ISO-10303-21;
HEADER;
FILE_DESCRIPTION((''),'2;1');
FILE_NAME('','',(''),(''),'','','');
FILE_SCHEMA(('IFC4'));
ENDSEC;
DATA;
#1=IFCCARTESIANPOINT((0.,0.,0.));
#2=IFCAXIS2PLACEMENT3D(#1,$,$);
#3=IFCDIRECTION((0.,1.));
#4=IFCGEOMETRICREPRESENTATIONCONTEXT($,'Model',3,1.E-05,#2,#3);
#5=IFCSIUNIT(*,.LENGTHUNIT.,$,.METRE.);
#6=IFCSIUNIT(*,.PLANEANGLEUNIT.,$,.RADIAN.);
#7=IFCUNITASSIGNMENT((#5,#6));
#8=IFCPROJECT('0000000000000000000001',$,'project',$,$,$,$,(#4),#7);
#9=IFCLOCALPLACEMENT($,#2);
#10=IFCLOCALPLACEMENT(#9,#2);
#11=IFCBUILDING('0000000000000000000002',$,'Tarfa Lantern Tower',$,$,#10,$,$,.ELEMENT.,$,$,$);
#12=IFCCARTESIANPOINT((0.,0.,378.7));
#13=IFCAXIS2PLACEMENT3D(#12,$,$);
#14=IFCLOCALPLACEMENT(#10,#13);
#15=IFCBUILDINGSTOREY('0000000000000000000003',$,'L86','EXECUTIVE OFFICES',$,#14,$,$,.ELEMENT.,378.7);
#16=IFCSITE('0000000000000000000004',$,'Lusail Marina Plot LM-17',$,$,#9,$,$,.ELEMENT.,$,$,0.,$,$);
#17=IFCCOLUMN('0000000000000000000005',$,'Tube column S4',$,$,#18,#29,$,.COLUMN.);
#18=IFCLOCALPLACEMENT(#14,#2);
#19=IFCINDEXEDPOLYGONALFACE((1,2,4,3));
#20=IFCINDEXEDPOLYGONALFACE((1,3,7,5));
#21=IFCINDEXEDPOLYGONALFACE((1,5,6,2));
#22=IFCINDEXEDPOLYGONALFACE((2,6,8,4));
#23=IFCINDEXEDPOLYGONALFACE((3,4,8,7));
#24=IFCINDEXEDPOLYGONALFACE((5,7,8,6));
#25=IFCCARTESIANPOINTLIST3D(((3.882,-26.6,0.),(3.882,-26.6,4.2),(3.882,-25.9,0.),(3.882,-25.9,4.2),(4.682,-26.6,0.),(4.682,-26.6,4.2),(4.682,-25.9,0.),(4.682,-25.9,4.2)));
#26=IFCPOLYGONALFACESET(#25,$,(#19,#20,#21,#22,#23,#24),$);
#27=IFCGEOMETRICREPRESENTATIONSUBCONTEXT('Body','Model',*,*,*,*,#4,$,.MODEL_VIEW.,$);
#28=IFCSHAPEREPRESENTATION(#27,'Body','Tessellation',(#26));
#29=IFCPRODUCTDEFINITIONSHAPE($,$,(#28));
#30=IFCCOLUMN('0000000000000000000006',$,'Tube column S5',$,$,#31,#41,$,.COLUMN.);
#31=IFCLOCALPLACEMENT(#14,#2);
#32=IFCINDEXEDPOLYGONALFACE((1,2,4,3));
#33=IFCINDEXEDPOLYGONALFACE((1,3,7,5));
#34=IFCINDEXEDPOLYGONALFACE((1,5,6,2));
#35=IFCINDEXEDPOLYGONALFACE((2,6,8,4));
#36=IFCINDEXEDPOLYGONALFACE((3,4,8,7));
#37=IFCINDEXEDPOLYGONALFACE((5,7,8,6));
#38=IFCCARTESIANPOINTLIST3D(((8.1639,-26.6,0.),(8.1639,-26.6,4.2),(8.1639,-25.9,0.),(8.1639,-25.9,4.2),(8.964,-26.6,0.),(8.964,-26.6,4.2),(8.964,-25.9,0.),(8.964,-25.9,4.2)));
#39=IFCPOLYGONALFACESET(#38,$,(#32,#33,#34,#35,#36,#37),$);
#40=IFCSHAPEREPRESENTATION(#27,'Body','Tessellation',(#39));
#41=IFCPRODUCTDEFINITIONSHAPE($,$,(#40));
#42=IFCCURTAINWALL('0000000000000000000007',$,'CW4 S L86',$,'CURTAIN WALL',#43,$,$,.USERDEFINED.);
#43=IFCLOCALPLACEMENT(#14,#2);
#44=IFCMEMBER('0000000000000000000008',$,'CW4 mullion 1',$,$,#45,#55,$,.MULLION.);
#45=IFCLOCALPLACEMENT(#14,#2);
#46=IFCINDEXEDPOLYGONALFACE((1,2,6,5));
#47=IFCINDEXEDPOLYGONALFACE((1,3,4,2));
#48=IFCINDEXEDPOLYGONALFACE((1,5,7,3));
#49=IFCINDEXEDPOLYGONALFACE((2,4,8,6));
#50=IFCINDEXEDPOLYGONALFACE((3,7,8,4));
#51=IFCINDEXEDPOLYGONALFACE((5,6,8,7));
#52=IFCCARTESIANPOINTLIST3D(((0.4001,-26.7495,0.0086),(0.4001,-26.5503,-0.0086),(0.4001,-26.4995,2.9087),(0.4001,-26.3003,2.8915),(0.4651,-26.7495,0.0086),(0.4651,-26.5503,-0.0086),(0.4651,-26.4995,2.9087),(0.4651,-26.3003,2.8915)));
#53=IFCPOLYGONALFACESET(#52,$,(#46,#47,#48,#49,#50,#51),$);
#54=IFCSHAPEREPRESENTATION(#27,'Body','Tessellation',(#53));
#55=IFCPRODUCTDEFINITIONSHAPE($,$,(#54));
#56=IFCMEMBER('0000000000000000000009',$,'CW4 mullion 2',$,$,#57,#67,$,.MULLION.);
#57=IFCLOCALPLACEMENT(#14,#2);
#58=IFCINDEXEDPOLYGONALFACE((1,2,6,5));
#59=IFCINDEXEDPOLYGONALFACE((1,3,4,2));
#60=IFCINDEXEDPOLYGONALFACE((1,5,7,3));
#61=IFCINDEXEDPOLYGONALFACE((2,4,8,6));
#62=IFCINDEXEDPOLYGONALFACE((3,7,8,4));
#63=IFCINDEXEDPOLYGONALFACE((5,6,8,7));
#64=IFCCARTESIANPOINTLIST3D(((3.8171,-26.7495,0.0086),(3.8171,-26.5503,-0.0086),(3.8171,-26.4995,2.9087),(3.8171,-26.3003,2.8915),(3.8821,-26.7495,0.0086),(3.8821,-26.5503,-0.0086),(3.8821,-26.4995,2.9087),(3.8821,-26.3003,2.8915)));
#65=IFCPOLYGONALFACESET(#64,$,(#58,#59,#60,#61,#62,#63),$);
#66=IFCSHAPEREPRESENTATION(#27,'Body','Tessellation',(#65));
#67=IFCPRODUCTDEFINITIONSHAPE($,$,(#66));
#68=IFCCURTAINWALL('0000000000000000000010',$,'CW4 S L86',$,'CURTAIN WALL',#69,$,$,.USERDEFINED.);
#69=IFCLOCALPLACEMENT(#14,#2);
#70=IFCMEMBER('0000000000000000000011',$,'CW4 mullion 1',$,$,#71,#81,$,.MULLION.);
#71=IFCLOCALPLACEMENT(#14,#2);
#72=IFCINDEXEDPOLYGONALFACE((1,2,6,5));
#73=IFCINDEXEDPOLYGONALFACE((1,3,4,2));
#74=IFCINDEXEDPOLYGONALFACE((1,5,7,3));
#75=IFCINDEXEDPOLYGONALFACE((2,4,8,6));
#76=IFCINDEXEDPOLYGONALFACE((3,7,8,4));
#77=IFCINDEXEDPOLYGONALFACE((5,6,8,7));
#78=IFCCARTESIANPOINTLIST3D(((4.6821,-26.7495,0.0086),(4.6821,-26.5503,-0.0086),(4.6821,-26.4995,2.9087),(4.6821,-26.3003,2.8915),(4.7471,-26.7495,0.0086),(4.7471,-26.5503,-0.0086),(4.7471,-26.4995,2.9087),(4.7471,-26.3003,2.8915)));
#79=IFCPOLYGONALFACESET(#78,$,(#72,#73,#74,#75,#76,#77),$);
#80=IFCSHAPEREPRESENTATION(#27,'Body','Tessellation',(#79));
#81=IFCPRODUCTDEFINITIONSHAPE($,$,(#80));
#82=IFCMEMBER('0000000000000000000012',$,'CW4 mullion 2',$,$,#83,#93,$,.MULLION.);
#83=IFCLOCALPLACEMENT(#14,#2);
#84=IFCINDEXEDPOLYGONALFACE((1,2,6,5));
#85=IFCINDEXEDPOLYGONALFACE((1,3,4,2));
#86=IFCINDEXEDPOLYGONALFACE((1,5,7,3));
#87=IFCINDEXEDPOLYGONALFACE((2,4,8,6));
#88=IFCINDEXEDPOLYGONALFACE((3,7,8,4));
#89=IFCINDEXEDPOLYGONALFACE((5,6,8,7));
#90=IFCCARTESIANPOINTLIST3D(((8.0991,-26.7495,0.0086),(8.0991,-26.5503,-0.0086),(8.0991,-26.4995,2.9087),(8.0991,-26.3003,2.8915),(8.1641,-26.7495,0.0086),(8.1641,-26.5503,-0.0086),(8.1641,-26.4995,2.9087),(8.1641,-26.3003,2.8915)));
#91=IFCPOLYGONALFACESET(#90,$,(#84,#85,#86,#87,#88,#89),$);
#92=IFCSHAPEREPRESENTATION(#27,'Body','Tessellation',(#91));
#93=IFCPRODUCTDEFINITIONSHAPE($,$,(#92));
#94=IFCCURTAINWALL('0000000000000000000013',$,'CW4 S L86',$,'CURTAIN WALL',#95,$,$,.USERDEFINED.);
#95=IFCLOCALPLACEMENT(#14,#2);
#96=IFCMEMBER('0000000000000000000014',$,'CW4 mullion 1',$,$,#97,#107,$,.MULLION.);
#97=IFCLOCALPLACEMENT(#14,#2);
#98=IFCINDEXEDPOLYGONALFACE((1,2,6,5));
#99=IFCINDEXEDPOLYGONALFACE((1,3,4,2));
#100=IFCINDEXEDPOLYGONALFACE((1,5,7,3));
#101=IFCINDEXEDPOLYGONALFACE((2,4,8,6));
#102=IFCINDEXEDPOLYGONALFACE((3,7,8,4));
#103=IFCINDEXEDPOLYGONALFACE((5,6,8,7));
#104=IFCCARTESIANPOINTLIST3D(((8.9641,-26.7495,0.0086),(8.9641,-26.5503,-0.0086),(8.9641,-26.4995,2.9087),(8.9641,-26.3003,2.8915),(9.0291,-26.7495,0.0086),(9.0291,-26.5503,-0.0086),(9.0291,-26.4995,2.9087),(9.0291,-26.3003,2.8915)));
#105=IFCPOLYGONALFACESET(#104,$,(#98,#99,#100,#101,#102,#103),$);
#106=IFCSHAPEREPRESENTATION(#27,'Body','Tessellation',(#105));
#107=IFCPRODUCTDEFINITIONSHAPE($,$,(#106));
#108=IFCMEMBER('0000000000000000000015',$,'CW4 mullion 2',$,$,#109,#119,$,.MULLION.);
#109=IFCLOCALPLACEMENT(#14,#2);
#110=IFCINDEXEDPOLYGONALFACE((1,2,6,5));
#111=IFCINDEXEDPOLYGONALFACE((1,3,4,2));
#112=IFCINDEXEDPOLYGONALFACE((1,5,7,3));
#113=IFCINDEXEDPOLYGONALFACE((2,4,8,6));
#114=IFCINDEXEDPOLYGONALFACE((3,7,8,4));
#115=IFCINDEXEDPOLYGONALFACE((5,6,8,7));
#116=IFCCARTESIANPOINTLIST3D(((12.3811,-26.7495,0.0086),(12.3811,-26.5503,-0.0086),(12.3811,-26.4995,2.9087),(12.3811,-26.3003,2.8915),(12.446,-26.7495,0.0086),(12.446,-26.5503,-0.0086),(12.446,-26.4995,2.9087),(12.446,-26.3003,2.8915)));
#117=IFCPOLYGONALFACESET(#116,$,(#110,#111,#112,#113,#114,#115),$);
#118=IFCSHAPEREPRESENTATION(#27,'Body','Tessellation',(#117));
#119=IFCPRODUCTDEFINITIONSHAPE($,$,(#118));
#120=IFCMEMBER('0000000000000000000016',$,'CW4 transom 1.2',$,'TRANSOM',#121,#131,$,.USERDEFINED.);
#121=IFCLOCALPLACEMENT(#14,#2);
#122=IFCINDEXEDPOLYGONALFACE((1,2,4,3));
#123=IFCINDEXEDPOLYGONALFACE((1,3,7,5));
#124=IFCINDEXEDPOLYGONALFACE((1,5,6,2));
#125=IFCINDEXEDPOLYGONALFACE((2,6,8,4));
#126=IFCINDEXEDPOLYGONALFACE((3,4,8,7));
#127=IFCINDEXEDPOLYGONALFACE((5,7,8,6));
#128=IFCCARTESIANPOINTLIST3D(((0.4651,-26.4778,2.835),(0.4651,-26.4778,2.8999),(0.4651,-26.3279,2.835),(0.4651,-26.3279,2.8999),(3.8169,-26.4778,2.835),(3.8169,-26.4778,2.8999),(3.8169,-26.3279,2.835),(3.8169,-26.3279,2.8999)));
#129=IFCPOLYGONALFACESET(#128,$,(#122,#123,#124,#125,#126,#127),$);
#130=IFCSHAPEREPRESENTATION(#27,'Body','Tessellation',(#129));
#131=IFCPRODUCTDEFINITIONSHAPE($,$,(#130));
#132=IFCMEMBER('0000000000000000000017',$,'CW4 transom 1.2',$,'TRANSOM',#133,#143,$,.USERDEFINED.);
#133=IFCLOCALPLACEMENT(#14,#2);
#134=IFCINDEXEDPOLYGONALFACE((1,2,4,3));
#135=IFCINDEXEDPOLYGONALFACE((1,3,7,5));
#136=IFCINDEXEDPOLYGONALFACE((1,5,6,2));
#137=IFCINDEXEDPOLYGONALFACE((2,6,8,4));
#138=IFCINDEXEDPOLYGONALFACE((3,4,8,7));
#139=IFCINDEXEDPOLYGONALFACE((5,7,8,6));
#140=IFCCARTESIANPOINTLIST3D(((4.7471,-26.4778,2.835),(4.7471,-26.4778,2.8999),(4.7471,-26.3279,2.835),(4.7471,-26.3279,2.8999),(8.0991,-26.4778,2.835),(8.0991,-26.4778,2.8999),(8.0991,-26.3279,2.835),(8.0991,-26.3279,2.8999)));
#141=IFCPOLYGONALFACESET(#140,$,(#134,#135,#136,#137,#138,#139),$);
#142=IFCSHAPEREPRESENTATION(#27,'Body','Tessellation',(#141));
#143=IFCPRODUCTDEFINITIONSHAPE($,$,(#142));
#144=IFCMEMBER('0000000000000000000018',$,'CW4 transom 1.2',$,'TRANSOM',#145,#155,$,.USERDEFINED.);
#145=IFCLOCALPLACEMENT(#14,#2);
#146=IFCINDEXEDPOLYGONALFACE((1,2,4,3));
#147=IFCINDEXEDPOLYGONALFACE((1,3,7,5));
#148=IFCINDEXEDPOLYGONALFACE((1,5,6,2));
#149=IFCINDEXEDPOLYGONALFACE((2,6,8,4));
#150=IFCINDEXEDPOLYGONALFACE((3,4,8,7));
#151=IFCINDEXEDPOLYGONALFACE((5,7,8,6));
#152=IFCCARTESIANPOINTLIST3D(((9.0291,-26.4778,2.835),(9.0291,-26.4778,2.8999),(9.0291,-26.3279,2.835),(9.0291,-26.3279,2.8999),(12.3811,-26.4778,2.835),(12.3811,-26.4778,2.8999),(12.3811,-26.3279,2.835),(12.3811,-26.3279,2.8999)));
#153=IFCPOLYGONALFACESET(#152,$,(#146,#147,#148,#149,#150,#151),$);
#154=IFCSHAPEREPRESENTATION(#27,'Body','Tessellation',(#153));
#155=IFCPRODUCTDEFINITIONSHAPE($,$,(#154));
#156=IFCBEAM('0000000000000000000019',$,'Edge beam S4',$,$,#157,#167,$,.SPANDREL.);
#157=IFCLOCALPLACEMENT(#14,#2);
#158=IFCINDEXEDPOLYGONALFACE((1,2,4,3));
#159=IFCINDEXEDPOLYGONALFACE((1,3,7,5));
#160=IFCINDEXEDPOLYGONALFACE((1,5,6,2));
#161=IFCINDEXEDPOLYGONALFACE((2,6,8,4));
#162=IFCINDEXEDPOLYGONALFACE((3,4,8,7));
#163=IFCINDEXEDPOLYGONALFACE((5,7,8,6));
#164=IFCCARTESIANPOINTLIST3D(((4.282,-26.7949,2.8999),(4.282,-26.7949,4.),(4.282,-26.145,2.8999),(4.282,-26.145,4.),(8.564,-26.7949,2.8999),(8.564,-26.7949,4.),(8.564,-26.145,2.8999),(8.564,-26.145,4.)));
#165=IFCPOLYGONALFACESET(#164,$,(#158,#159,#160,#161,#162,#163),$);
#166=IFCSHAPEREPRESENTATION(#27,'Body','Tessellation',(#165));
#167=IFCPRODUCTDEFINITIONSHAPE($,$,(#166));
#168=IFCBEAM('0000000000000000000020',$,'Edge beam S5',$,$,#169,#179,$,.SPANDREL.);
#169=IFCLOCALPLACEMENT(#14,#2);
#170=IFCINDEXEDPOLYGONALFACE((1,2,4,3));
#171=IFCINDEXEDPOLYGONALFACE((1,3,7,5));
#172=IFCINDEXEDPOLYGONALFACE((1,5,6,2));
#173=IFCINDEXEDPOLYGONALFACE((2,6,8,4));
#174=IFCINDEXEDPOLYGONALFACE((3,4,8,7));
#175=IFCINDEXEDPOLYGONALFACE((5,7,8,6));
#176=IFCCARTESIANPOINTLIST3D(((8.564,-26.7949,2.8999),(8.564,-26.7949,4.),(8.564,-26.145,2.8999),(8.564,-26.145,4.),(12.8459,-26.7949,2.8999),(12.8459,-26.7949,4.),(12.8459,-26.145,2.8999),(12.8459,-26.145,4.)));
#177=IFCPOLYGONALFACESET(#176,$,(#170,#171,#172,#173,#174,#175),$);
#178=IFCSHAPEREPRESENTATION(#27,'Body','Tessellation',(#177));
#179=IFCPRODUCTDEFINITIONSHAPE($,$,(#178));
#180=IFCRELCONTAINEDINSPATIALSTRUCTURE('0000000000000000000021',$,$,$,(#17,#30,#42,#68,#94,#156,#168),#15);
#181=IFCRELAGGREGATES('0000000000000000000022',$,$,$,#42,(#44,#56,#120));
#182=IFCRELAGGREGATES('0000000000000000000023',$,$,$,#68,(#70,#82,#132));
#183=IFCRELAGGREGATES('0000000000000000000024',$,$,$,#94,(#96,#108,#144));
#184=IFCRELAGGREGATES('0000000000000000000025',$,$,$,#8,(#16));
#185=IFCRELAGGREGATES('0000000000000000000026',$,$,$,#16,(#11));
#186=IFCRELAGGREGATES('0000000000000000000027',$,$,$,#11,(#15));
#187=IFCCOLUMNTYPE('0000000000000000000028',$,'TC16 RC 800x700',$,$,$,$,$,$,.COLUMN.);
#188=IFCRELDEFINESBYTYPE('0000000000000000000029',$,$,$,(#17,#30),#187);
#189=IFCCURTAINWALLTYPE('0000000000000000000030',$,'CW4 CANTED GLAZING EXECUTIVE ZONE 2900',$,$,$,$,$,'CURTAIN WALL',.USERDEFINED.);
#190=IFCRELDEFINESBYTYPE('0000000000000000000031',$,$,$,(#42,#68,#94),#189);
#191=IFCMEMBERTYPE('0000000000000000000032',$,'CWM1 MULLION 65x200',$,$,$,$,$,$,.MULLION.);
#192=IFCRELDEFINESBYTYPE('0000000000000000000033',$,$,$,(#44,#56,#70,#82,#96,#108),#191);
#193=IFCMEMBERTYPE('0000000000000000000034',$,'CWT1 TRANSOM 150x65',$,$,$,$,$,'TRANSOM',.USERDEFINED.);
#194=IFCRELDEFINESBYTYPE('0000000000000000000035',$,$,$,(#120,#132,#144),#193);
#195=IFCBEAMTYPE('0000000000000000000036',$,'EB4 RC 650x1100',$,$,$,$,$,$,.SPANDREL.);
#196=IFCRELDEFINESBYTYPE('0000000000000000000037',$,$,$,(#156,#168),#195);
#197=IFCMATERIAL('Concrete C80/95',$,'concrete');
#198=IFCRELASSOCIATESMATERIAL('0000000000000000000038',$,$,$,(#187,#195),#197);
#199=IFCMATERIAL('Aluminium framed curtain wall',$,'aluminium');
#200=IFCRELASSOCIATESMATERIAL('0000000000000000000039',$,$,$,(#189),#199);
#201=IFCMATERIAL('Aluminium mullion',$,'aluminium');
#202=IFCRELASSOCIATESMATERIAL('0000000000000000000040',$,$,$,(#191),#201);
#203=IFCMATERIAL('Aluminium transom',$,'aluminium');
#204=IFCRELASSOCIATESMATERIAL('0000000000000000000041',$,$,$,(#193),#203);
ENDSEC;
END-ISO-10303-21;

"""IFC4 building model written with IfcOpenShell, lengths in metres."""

from ifc_helpers import new_model, si_unit, direction, frame, origin, origin_2d, place, context, subcontext, project, spatial, rectangle, extrude, material, material_profile, profile_set, type_object, element, aggregate, save


model = new_model("IFC4")

# Units and contexts
model_context = context("Model", 3, precision=1e-05, world=origin(), true_north=direction((0.0, 1.0)))
body_context = subcontext(model_context, "Body", "Model", "MODEL_VIEW")
ifc_project = project(units=[si_unit("LENGTHUNIT", "METRE"), si_unit("PLANEANGLEUNIT", "RADIAN")], contexts=[model_context])

# Site, building, storey
site_placement = place(None, origin())
site = spatial("IfcSite", under=ifc_project, at=site_placement, Name="Lusail Marina Plot LM-17", CompositionType="ELEMENT", RefElevation=0.0)
building_placement = place(site_placement, origin())
building = spatial("IfcBuilding", under=site, at=building_placement, Name="Tarfa Lantern Tower", CompositionType="ELEMENT")
storey_placement = place(building_placement, frame((0.0, 0.0, 378.7)))
storey = spatial("IfcBuildingStorey", under=building, at=storey_placement, Name="L86", Description="EXECUTIVE OFFICES", CompositionType="ELEMENT", Elevation=378.7)

# Columns
ifc_material_1 = material(Name="Concrete C80/95", Category="concrete")
ifc_material_profile_1 = material_profile(ifc_material_1, rectangle(XDim=0.8, YDim=0.7, at=origin_2d()), Name="RC 800x700")
ifc_profile_set_1 = profile_set([ifc_material_profile_1], Name="Concrete C80/95")
column_type = type_object("IfcColumnType", Name="TC16 RC 800x700", PredefinedType="COLUMN", material=ifc_profile_set_1)
for number, where, z_axis, x_axis, name in (
    (1, (4.282, -26.25, 0.0), (0.0, 0.0, 1.0), (1.0, 0.0, 0.0), "Tube column S4"),
    (2, (8.564, -26.25, 0.0), (0.0, 0.0, 1.0), (1.0, 0.0, 0.0), "Tube column S5"),
):
    element("IfcColumn", number, at=place(storey_placement, frame(where, z_axis=z_axis, x_axis=x_axis)), inside=storey, type_object=column_type, Name=name, PredefinedType="COLUMN", context=body_context, shape_type="SweptSolid", body=[
        extrude(rectangle(XDim=0.8, YDim=0.7, at=origin_2d()), origin(), (0.0, 0.0, 1.0), 4.2),
    ])

# Curtain walls, members
ifc_material_2 = material(Name="Aluminium framed curtain wall", Category="aluminium")
curtain_wall_type = type_object("IfcCurtainWallType", Name="CW4 CANTED GLAZING EXECUTIVE ZONE 2900", ElementType="CURTAIN WALL", PredefinedType="USERDEFINED", material=ifc_material_2)
curtain_wall_1_placement = place(storey_placement, origin())
curtain_wall_1 = element("IfcCurtainWall", 3, at=curtain_wall_1_placement, inside=storey, type_object=curtain_wall_type, Name="CW4 S L86", ObjectType="CURTAIN WALL", PredefinedType="USERDEFINED")
ifc_material_3 = material(Name="Aluminium mullion", Category="aluminium")
ifc_material_profile_2 = material_profile(ifc_material_3, rectangle(XDim=0.0649, YDim=0.2, at=origin_2d()), Name="AL MULLION 65x200")
ifc_profile_set_2 = profile_set([ifc_material_profile_2], Name="Aluminium mullion")
member_type_1 = type_object("IfcMemberType", Name="CWM1 MULLION 65x200", PredefinedType="MULLION", material=ifc_profile_set_2)
member_1_placement = place(storey_placement, frame((0.4326, -26.6499, 0.0), z_axis=(0.0, 0.085884, 0.996305), x_axis=(-1.0, 0.0, 0.0)))
member_1 = element("IfcMember", 4, at=member_1_placement, type_object=member_type_1, Name="CW4 mullion 1", PredefinedType="MULLION", context=body_context, shape_type="SweptSolid", body=[
    extrude(rectangle(XDim=0.0649, YDim=0.2, at=origin_2d()), origin(), (0.0, 0.0, 1.0), 2.9109),
])
member_2_placement = place(storey_placement, frame((3.8496, -26.6499, 0.0), z_axis=(0.0, 0.085884, 0.996305), x_axis=(-1.0, 0.0, 0.0)))
member_2 = element("IfcMember", 5, at=member_2_placement, type_object=member_type_1, Name="CW4 mullion 2", PredefinedType="MULLION", context=body_context, shape_type="SweptSolid", body=[
    extrude(rectangle(XDim=0.0649, YDim=0.2, at=origin_2d()), origin(), (0.0, 0.0, 1.0), 2.9109),
])
curtain_wall_2_placement = place(storey_placement, origin())
curtain_wall_2 = element("IfcCurtainWall", 6, at=curtain_wall_2_placement, inside=storey, type_object=curtain_wall_type, Name="CW4 S L86", ObjectType="CURTAIN WALL", PredefinedType="USERDEFINED")
member_3_placement = place(storey_placement, frame((4.7146, -26.6499, 0.0), z_axis=(0.0, 0.085884, 0.996305), x_axis=(-1.0, 0.0, 0.0)))
member_3 = element("IfcMember", 7, at=member_3_placement, type_object=member_type_1, Name="CW4 mullion 1", PredefinedType="MULLION", context=body_context, shape_type="SweptSolid", body=[
    extrude(rectangle(XDim=0.0649, YDim=0.2, at=origin_2d()), origin(), (0.0, 0.0, 1.0), 2.9109),
])
member_4_placement = place(storey_placement, frame((8.1316, -26.6499, 0.0), z_axis=(0.0, 0.085884, 0.996305), x_axis=(-1.0, 0.0, 0.0)))
member_4 = element("IfcMember", 8, at=member_4_placement, type_object=member_type_1, Name="CW4 mullion 2", PredefinedType="MULLION", context=body_context, shape_type="SweptSolid", body=[
    extrude(rectangle(XDim=0.0649, YDim=0.2, at=origin_2d()), origin(), (0.0, 0.0, 1.0), 2.9109),
])
curtain_wall_3_placement = place(storey_placement, origin())
curtain_wall_3 = element("IfcCurtainWall", 9, at=curtain_wall_3_placement, inside=storey, type_object=curtain_wall_type, Name="CW4 S L86", ObjectType="CURTAIN WALL", PredefinedType="USERDEFINED")
member_5_placement = place(storey_placement, frame((8.9966, -26.6499, 0.0), z_axis=(0.0, 0.085884, 0.996305), x_axis=(-1.0, 0.0, 0.0)))
member_5 = element("IfcMember", 10, at=member_5_placement, type_object=member_type_1, Name="CW4 mullion 1", PredefinedType="MULLION", context=body_context, shape_type="SweptSolid", body=[
    extrude(rectangle(XDim=0.0649, YDim=0.2, at=origin_2d()), origin(), (0.0, 0.0, 1.0), 2.9109),
])
member_6_placement = place(storey_placement, frame((12.4136, -26.6499, 0.0), z_axis=(0.0, 0.085884, 0.996305), x_axis=(-1.0, 0.0, 0.0)))
member_6 = element("IfcMember", 11, at=member_6_placement, type_object=member_type_1, Name="CW4 mullion 2", PredefinedType="MULLION", context=body_context, shape_type="SweptSolid", body=[
    extrude(rectangle(XDim=0.0649, YDim=0.2, at=origin_2d()), origin(), (0.0, 0.0, 1.0), 2.9109),
])

# Members
ifc_material_4 = material(Name="Aluminium transom", Category="aluminium")
ifc_material_profile_3 = material_profile(ifc_material_4, rectangle(XDim=0.1499, YDim=0.0649, at=origin_2d()), Name="AL TRANSOM 150x65")
ifc_profile_set_3 = profile_set([ifc_material_profile_3], Name="Aluminium transom")
member_type_2 = type_object("IfcMemberType", Name="CWT1 TRANSOM 150x65", ElementType="TRANSOM", PredefinedType="USERDEFINED", material=ifc_profile_set_3)
member_7_placement = place(storey_placement, frame((0.4651, -26.4028, 2.8674), z_axis=(1.0, 0.0, 0.0), x_axis=(0.0, 1.0, 0.0)))
member_7 = element("IfcMember", 12, at=member_7_placement, type_object=member_type_2, Name="CW4 transom 1.2", ObjectType="TRANSOM", PredefinedType="USERDEFINED", context=body_context, shape_type="SweptSolid", body=[
    extrude(rectangle(XDim=0.1499, YDim=0.0649, at=origin_2d()), origin(), (0.0, 0.0, 1.0), 3.3518),
])
member_8_placement = place(storey_placement, frame((4.7471, -26.4028, 2.8674), z_axis=(1.0, 0.0, 0.0), x_axis=(0.0, 1.0, 0.0)))
member_8 = element("IfcMember", 13, at=member_8_placement, type_object=member_type_2, Name="CW4 transom 1.2", ObjectType="TRANSOM", PredefinedType="USERDEFINED", context=body_context, shape_type="SweptSolid", body=[
    extrude(rectangle(XDim=0.1499, YDim=0.0649, at=origin_2d()), origin(), (0.0, 0.0, 1.0), 3.3521),
])
member_9_placement = place(storey_placement, frame((9.0291, -26.4028, 2.8674), z_axis=(1.0, 0.0, 0.0), x_axis=(0.0, 1.0, 0.0)))
member_9 = element("IfcMember", 14, at=member_9_placement, type_object=member_type_2, Name="CW4 transom 1.2", ObjectType="TRANSOM", PredefinedType="USERDEFINED", context=body_context, shape_type="SweptSolid", body=[
    extrude(rectangle(XDim=0.1499, YDim=0.0649, at=origin_2d()), origin(), (0.0, 0.0, 1.0), 3.3521),
])

# Beams
ifc_material_profile_4 = material_profile(ifc_material_1, rectangle(XDim=0.6499, YDim=1.1001, at=origin_2d()), Name="RC 650x1100")
ifc_profile_set_4 = profile_set([ifc_material_profile_4], Name="Concrete C80/95")
beam_type_1 = type_object("IfcBeamType", Name="EB4 RC 650x1100", PredefinedType="SPANDREL", material=ifc_profile_set_4)
for number, where, z_axis, x_axis, name in (
    (15, (4.282, -26.47, 3.45), (1.0, 0.0, 0.0), (0.0, 1.0, 0.0), "Edge beam S4"),
    (16, (8.564, -26.47, 3.45), (1.0, 0.0, 0.0), (0.0, 1.0, 0.0), "Edge beam S5"),
):
    element("IfcBeam", number, at=place(storey_placement, frame(where, z_axis=z_axis, x_axis=x_axis)), inside=storey, type_object=beam_type_1, Name=name, PredefinedType="SPANDREL", context=body_context, shape_type="SweptSolid", body=[
        extrude(rectangle(XDim=0.6499, YDim=1.1001, at=origin_2d()), origin(), (0.0, 0.0, 1.0), 4.282),
    ])

aggregate(curtain_wall_1, [member_1, member_2, member_7])
aggregate(curtain_wall_2, [member_3, member_4, member_8])
aggregate(curtain_wall_3, [member_5, member_6, member_9])

save(model, "model.ifc")
